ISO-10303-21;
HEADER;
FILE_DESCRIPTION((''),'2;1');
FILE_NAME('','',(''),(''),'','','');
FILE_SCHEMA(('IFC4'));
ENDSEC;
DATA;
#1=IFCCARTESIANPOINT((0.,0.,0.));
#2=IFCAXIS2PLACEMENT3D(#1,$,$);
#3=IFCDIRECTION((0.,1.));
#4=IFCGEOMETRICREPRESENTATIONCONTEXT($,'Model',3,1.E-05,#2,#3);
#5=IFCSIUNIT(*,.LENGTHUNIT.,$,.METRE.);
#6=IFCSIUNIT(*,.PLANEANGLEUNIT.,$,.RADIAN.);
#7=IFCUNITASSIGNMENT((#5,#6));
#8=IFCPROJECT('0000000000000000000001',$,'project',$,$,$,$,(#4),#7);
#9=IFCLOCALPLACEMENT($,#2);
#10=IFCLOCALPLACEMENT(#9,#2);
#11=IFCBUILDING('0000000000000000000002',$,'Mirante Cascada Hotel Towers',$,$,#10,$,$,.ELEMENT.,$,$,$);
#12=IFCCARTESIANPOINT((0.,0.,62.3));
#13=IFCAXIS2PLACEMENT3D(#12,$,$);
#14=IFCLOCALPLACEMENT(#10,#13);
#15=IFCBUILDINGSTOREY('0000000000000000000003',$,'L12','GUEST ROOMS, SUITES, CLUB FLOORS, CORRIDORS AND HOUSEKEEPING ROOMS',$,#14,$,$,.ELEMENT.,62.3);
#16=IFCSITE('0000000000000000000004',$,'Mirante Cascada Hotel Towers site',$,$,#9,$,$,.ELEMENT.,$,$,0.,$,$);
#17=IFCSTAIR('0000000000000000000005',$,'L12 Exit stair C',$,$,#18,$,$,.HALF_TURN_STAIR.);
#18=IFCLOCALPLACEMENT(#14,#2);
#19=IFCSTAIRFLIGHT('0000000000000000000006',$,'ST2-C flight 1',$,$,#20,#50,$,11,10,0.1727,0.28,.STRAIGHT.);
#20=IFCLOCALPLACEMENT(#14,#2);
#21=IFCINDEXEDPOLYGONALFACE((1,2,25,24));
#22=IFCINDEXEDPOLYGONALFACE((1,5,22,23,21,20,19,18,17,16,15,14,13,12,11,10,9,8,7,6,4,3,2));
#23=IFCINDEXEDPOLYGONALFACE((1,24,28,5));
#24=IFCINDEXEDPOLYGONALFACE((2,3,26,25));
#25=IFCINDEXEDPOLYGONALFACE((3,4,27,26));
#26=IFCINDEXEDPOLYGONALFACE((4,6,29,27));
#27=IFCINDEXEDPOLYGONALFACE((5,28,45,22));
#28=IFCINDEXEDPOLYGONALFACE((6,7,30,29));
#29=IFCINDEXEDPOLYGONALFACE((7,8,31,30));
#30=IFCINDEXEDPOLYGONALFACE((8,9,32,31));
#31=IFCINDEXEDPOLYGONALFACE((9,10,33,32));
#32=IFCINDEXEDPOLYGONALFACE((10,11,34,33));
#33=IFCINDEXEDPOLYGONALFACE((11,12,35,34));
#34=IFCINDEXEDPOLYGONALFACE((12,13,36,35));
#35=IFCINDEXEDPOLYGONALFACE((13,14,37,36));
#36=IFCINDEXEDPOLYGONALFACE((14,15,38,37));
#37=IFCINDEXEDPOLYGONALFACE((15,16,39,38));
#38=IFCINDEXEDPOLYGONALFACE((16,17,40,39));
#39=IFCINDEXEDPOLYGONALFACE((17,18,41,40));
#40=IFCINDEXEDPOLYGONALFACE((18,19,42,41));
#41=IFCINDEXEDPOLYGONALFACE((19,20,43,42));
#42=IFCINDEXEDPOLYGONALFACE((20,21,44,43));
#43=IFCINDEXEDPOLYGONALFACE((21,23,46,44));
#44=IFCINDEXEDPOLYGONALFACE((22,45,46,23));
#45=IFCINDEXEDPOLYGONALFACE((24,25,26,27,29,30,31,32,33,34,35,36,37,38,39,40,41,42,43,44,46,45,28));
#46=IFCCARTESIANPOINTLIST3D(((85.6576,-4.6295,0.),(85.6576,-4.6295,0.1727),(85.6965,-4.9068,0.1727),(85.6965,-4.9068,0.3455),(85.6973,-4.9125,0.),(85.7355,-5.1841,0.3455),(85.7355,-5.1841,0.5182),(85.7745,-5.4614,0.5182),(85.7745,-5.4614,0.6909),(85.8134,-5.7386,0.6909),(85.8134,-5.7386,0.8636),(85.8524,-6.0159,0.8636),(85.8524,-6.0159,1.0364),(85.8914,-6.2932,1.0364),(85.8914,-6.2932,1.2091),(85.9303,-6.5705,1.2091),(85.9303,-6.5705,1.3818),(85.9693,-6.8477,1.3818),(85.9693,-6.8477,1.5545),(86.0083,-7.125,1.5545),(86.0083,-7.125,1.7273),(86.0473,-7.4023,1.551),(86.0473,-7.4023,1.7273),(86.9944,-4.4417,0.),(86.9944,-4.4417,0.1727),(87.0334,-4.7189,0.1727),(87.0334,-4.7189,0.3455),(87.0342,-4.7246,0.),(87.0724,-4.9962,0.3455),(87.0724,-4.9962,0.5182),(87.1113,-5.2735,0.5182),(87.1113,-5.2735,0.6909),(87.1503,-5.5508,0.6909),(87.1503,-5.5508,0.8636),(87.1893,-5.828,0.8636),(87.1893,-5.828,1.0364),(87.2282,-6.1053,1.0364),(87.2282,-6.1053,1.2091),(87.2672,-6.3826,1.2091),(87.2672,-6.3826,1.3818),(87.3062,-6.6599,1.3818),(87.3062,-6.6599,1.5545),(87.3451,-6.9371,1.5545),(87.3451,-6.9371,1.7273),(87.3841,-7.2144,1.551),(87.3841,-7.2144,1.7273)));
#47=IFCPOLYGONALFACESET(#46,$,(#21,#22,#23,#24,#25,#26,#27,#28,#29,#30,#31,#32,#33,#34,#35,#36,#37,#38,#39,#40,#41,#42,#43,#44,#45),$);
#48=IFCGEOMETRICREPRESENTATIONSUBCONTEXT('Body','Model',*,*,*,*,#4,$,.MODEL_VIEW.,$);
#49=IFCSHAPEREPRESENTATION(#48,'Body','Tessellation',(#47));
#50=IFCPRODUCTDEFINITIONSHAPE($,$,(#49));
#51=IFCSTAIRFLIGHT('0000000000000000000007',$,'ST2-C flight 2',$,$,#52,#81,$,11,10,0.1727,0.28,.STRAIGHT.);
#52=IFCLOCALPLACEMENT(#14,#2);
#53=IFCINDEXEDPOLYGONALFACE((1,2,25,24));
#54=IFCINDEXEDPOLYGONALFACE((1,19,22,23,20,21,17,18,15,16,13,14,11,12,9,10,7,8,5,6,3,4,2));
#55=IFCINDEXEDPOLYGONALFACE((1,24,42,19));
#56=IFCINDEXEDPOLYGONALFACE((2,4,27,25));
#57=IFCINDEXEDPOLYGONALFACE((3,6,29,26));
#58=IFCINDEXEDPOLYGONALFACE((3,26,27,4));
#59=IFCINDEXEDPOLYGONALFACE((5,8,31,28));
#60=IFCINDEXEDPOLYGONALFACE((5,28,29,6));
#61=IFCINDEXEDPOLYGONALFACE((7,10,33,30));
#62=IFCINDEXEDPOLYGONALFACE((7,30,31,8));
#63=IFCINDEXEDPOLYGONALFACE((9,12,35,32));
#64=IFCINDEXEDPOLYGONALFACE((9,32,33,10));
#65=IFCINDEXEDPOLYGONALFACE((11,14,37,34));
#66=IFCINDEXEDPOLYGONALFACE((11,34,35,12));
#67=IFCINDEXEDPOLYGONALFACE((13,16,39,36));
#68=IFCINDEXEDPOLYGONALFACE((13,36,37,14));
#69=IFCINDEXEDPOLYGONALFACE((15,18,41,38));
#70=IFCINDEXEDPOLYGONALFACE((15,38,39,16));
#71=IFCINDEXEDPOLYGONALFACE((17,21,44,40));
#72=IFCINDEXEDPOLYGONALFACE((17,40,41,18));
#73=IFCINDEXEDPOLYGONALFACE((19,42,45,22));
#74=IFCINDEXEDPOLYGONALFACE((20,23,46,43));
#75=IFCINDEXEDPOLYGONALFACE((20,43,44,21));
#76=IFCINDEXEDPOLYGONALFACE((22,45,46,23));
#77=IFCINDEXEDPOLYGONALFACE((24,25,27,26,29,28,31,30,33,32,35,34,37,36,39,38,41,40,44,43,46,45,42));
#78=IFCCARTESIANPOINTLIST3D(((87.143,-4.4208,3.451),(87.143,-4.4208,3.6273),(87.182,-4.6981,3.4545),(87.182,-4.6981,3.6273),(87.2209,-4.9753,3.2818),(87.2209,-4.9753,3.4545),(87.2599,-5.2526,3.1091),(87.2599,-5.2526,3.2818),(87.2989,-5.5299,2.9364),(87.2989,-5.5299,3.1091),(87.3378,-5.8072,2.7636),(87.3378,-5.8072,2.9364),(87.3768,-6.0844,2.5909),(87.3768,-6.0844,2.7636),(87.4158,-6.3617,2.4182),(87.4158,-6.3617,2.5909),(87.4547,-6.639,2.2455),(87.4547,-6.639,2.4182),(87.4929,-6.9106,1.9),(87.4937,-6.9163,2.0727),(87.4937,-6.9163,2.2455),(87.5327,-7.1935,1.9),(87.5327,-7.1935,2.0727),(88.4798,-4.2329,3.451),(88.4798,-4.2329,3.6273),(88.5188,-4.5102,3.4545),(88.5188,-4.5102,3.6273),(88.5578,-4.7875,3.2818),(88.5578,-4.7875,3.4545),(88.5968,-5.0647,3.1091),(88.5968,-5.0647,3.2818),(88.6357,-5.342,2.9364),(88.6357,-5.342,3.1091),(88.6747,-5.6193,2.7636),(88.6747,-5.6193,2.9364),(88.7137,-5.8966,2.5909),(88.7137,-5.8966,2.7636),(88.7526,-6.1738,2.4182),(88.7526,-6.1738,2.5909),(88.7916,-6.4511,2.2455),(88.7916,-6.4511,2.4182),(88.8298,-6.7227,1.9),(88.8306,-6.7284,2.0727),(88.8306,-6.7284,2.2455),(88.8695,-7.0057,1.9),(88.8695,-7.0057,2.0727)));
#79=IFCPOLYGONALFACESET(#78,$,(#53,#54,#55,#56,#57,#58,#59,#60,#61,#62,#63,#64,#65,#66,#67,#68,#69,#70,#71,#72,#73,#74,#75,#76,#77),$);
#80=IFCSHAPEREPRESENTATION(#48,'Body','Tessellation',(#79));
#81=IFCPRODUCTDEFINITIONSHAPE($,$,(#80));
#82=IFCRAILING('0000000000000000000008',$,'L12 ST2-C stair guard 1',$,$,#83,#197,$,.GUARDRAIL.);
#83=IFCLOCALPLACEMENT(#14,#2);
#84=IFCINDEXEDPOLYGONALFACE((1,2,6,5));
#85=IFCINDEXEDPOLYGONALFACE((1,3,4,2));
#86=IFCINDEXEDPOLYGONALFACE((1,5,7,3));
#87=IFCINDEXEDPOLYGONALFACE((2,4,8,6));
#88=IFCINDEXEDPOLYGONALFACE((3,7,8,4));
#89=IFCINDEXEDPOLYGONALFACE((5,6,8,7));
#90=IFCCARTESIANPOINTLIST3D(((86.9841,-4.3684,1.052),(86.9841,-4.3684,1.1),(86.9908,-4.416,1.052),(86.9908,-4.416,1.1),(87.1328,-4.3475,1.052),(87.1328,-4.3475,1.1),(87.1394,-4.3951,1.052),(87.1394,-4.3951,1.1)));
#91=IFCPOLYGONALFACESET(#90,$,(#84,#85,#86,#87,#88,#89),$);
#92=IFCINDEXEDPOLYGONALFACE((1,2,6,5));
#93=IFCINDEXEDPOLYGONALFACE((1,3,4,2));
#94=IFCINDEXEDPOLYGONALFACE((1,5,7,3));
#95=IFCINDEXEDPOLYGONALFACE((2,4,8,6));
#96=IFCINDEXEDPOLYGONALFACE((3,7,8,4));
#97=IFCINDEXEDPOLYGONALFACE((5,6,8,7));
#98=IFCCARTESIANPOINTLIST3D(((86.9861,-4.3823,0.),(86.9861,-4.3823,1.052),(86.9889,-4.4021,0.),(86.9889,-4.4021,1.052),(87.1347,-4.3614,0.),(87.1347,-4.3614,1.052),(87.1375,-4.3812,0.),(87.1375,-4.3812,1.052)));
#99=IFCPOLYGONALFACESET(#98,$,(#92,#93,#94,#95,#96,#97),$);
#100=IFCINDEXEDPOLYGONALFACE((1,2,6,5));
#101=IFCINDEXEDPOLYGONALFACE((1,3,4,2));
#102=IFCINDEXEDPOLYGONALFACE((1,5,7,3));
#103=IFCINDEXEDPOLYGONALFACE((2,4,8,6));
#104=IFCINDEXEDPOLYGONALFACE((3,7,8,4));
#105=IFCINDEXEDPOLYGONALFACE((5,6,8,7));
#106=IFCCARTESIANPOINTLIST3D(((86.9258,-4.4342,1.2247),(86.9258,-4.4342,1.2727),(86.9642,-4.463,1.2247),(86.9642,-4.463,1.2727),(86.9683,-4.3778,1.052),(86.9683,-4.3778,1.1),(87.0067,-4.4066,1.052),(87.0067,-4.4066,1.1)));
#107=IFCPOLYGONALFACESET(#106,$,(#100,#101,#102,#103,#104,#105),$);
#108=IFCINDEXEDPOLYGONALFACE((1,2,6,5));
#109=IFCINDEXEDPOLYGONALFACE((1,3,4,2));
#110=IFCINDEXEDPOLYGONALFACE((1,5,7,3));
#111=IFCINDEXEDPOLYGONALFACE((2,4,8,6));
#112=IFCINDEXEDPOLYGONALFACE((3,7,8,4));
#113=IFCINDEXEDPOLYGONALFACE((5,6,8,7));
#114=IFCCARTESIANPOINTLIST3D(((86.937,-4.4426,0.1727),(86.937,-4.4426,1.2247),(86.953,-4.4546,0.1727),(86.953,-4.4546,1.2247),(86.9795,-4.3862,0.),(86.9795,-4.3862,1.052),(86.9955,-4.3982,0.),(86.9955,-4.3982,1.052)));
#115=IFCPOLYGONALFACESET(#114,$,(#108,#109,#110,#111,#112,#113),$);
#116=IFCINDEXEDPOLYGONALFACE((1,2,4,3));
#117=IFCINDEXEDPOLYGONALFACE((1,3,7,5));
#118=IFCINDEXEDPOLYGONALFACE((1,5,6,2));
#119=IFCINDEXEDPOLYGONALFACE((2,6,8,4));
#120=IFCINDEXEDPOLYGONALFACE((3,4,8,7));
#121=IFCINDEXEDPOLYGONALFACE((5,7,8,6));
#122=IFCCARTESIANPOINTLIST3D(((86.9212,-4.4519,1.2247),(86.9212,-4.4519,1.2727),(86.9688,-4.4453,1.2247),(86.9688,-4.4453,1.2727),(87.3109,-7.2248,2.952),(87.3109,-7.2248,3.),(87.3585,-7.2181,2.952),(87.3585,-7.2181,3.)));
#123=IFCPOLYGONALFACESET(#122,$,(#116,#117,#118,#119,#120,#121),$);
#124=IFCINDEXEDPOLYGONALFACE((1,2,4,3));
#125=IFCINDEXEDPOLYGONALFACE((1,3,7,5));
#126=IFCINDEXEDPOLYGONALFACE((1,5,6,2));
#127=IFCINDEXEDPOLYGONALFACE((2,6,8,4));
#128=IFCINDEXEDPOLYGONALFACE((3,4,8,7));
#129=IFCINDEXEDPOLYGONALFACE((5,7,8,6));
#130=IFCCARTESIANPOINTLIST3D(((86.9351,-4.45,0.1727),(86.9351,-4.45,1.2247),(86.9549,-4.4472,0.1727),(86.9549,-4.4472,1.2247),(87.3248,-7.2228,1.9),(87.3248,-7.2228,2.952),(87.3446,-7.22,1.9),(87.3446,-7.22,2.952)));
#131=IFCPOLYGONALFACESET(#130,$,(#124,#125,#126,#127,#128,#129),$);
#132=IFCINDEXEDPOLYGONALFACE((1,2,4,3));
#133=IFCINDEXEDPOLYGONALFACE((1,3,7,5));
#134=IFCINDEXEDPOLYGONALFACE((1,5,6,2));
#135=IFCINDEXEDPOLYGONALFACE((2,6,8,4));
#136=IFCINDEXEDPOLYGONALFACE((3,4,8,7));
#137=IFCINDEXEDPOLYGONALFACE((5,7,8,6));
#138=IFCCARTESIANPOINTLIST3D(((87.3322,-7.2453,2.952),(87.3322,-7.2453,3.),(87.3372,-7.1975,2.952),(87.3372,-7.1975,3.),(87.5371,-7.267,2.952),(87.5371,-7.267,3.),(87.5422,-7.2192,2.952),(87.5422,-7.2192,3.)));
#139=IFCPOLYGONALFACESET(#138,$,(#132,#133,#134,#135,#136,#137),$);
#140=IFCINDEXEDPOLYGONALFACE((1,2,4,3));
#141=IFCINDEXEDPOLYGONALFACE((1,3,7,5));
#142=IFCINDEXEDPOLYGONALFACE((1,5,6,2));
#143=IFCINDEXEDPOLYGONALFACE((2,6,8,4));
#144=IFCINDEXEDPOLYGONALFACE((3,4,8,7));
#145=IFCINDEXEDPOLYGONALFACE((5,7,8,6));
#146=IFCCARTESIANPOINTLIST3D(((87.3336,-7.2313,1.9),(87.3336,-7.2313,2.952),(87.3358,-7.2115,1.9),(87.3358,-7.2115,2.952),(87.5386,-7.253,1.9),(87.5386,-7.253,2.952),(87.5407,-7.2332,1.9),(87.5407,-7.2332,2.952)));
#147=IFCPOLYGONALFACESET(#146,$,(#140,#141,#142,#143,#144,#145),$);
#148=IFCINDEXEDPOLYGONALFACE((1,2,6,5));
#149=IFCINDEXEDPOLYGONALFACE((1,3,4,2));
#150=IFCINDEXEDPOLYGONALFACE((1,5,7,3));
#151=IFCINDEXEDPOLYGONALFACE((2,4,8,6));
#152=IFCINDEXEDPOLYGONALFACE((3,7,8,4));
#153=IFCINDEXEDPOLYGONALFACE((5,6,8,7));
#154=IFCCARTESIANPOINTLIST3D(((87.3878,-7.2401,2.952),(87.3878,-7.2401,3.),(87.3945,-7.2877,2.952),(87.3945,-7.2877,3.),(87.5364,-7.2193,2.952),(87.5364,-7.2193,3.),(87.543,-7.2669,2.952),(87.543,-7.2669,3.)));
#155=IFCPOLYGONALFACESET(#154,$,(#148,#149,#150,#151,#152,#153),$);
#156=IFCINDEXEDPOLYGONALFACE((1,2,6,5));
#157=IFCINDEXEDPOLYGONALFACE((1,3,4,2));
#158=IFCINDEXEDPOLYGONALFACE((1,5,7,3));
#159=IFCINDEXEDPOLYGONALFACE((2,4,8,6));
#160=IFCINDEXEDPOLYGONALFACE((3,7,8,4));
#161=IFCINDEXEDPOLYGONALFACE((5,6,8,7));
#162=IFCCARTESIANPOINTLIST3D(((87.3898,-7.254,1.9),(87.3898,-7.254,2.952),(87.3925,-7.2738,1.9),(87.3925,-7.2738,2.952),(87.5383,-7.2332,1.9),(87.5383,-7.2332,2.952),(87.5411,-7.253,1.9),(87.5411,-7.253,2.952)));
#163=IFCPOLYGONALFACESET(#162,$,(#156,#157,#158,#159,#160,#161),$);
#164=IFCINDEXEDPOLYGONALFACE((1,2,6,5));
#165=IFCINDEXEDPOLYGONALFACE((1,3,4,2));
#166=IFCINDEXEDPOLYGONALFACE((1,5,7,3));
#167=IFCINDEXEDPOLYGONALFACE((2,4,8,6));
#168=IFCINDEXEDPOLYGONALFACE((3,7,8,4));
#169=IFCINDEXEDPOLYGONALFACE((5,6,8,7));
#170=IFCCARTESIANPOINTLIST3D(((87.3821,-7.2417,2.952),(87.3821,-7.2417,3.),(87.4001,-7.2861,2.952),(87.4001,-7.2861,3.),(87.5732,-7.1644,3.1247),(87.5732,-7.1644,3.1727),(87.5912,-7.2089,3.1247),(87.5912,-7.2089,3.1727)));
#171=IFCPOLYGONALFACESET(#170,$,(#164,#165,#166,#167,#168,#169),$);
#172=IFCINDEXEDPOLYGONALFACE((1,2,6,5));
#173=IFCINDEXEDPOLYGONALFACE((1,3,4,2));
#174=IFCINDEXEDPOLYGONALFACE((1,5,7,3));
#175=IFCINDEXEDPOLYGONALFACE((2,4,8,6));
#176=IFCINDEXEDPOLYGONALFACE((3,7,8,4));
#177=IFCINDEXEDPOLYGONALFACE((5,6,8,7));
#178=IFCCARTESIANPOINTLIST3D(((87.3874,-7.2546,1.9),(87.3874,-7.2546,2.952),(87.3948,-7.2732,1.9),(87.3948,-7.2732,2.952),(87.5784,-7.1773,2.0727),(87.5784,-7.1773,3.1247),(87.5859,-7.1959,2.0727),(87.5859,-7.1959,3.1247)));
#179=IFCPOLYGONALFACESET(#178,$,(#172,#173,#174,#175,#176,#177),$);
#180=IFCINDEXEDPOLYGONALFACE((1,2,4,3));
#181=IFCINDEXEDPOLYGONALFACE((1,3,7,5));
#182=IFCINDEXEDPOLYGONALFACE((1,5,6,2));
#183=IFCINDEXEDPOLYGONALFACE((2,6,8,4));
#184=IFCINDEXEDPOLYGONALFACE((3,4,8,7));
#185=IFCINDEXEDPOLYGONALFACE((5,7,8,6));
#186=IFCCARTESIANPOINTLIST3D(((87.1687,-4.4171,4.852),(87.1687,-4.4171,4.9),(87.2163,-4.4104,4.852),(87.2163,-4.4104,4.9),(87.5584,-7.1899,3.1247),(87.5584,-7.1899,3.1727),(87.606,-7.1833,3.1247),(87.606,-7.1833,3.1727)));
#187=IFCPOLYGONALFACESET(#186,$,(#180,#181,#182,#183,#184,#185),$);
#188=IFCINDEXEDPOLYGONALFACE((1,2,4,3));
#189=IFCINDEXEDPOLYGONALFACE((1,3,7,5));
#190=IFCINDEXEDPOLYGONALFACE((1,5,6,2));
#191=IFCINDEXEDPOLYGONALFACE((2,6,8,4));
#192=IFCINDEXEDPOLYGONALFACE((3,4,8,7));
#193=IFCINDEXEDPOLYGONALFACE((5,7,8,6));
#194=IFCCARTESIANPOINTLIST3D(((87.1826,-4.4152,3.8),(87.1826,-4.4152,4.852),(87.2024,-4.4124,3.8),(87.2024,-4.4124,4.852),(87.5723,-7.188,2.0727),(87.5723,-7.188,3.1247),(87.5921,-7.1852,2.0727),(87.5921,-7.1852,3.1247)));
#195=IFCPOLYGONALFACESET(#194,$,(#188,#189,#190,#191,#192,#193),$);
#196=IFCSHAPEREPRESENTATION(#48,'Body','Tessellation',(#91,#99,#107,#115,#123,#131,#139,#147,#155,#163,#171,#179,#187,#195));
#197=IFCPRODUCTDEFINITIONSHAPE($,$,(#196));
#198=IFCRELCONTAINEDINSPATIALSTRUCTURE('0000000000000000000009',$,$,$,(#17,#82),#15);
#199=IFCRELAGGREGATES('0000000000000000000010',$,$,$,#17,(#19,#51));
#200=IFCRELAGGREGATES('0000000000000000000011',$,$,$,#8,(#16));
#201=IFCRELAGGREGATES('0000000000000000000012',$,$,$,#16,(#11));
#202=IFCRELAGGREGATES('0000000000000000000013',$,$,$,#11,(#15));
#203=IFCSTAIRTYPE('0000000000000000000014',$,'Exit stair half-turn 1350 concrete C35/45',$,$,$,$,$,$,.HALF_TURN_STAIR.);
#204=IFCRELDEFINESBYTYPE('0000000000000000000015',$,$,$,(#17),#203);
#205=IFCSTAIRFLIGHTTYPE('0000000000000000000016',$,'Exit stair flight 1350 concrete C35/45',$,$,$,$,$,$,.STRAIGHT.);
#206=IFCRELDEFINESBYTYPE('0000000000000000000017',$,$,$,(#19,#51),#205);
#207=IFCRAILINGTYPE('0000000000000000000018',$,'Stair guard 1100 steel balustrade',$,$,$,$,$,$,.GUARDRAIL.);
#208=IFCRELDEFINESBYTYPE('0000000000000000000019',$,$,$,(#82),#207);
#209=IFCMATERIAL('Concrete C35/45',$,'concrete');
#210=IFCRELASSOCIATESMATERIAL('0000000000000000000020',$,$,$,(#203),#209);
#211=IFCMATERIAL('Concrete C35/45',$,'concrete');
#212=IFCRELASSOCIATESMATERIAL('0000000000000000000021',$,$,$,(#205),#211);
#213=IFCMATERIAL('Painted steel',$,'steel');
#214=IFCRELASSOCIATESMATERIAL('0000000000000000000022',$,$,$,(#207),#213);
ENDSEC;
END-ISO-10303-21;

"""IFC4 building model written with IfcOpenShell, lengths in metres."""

from ifc_helpers import new_model, si_unit, direction, frame, origin, origin_2d, place, context, subcontext, project, spatial, polyline, rectangle, outline, extrude, material, type_object, element, aggregate, save


model = new_model("IFC4")

# Units and contexts
model_context = context("Model", 3, precision=1e-05, world=origin(), true_north=direction((0.0, 1.0)))
body_context = subcontext(model_context, "Body", "Model", "MODEL_VIEW")
ifc_project = project(units=[si_unit("LENGTHUNIT", "METRE"), si_unit("PLANEANGLEUNIT", "RADIAN")], contexts=[model_context])

# Site, building, storey
site_placement = place(None, origin())
site = spatial("IfcSite", under=ifc_project, at=site_placement, Name="Mirante Cascada Hotel Towers site", CompositionType="ELEMENT", RefElevation=0.0)
building_placement = place(site_placement, origin())
building = spatial("IfcBuilding", under=site, at=building_placement, Name="Mirante Cascada Hotel Towers", CompositionType="ELEMENT")
storey_placement = place(building_placement, frame((0.0, 0.0, 62.3)))
storey = spatial("IfcBuildingStorey", under=building, at=storey_placement, Name="L12", Description="GUEST ROOMS, SUITES, CLUB FLOORS, CORRIDORS AND HOUSEKEEPING ROOMS", CompositionType="ELEMENT", Elevation=62.3)

# Stair, stair flights
ifc_material_1 = material(Name="Concrete C35/45", Category="concrete")
stair_type = type_object("IfcStairType", Name="Exit stair half-turn 1350 concrete C35/45", PredefinedType="HALF_TURN_STAIR", material=ifc_material_1)
stair_placement = place(storey_placement, origin())
stair = element("IfcStair", 1, at=stair_placement, inside=storey, type_object=stair_type, Name="L12 Exit stair C", PredefinedType="HALF_TURN_STAIR")
ifc_material_2 = material(Name="Concrete C35/45", Category="concrete")
stair_flight_type = type_object("IfcStairFlightType", Name="Exit stair flight 1350 concrete C35/45", PredefinedType="STRAIGHT", material=ifc_material_2)
stair_flight_1_placement = place(storey_placement, frame((86.326, -4.5356, 0.0), z_axis=(0.0, 0.0, 1.0), x_axis=(0.139173, -0.990268, 0.0)))
stair_flight_1 = element("IfcStairFlight", 2, at=stair_flight_1_placement, type_object=stair_flight_type, Name="ST2-C flight 1", NumberOfRisers=11, NumberOfTreads=10, PredefinedType="STRAIGHT", RiserHeight=0.1727, TreadLength=0.28, context=body_context, shape_type="SweptSolid", body=[
    extrude(outline(polyline([(0.0, 0.0), (0.0, 0.1727), (0.28, 0.1727), (0.28, 0.3455), (0.56, 0.3455), (0.56, 0.5182), (0.84, 0.5182), (0.84, 0.6909), (1.12, 0.6909), (1.12, 0.8636), (1.4, 0.8636), (1.4, 1.0364), (1.68, 1.0364), (1.68, 1.2091), (1.96, 1.2091), (1.96, 1.3818), (2.24, 1.3818), (2.24, 1.5545), (2.52, 1.5545), (2.52, 1.7273), (2.8, 1.7273), (2.8, 1.9), (2.8, 1.551), (0.2857, 0.0), (0.0, 0.0)])), frame((0.0, 0.675, 0.0), z_axis=(0.0, -1.0, 0.0), x_axis=(1.0, 0.0, 0.0)), (0.0, 0.0, 1.0), 1.35),
])
stair_flight_2_placement = place(storey_placement, frame((88.2011, -7.0996, 1.9), z_axis=(0.0, 0.0, 1.0), x_axis=(-0.139173, 0.990268, 0.0)))
stair_flight_2 = element("IfcStairFlight", 3, at=stair_flight_2_placement, type_object=stair_flight_type, Name="ST2-C flight 2", NumberOfRisers=11, NumberOfTreads=10, PredefinedType="STRAIGHT", RiserHeight=0.1727, TreadLength=0.28, context=body_context, shape_type="SweptSolid", body=[
    extrude(outline(polyline([(0.0, 0.0), (0.0, 0.1727), (0.28, 0.1727), (0.28, 0.3455), (0.56, 0.3455), (0.56, 0.5182), (0.84, 0.5182), (0.84, 0.6909), (1.12, 0.6909), (1.12, 0.8636), (1.4, 0.8636), (1.4, 1.0364), (1.68, 1.0364), (1.68, 1.2091), (1.96, 1.2091), (1.96, 1.3818), (2.24, 1.3818), (2.24, 1.5545), (2.52, 1.5545), (2.52, 1.7273), (2.8, 1.7273), (2.8, 1.9), (2.8, 1.551), (0.2857, 0.0), (0.0, 0.0)])), frame((0.0, 0.675, 0.0), z_axis=(0.0, -1.0, 0.0), x_axis=(1.0, 0.0, 0.0)), (0.0, 0.0, 1.0), 1.35),
])
aggregate(stair, [stair_flight_1, stair_flight_2])

# Railing
ifc_material_3 = material(Name="Painted steel", Category="steel")
railing_type_1 = type_object("IfcRailingType", Name="Stair guard 1100 steel balustrade", PredefinedType="GUARDRAIL", material=ifc_material_3)
railing_1_placement = place(storey_placement, frame((87.1361, -4.3713, 0.0)))
element("IfcRailing", 4, at=railing_1_placement, inside=storey, type_object=railing_type_1, Name="L12 ST2-C stair guard 1", PredefinedType="GUARDRAIL", context=body_context, shape_type="SweptSolid", body=[
    extrude(rectangle(XDim=0.048, YDim=0.048, at=origin_2d()), frame((0.0, 0.0, 1.076), z_axis=(-0.990254, -0.139275, 0.0), x_axis=(0.139275, -0.990254, 0.0)), (0.0, 0.0, 1.0), 0.1501),
    extrude(rectangle(XDim=0.02, YDim=1.052, at=origin_2d()), frame((0.0, 0.0, 0.526), z_axis=(-0.990254, -0.139275, 0.0), x_axis=(0.139275, -0.990254, 0.0)), (0.0, 0.0, 1.0), 0.1501),
    extrude(rectangle(XDim=0.048, YDim=0.048, at=origin_2d()), frame((-0.1486, -0.0209, 1.076), z_axis=(-0.601811, -0.798639, 0.0), x_axis=(0.798639, -0.601811, 0.0)), (0.0, 0.925603, 0.378496), 0.1866),
    extrude(rectangle(XDim=0.02, YDim=1.052, at=origin_2d()), frame((-0.1486, -0.0209, 0.526), z_axis=(-0.601811, -0.798639, 0.0), x_axis=(0.798639, -0.601811, 0.0)), (0.0, 0.925603, 0.378496), 0.1866),
    extrude(rectangle(XDim=0.048, YDim=0.048, at=origin_2d()), frame((-0.1911, -0.0773, 1.2487), z_axis=(0.139176, -0.990268, 0.0), x_axis=(0.990268, 0.139176, 0.0)), (0.0, 0.525021, 0.851089), 3.29),
    extrude(rectangle(XDim=0.02, YDim=1.052, at=origin_2d()), frame((-0.1911, -0.0773, 0.6987), z_axis=(0.139176, -0.990268, 0.0), x_axis=(0.990268, 0.139176, 0.0)), (0.0, 0.525021, 0.851089), 3.29),
    extrude(rectangle(XDim=0.048, YDim=0.048, at=origin_2d()), frame((0.1986, -2.8501, 2.976), z_axis=(0.994444, -0.105266, 0.0), x_axis=(0.105266, 0.994444, 0.0)), (0.0, 0.0, 1.0), 0.2061),
    extrude(rectangle(XDim=0.02, YDim=1.052, at=origin_2d()), frame((0.1986, -2.8501, 2.426), z_axis=(0.994444, -0.105266, 0.0), x_axis=(0.105266, 0.994444, 0.0)), (0.0, 0.0, 1.0), 0.2061),
    extrude(rectangle(XDim=0.048, YDim=0.048, at=origin_2d()), frame((0.4036, -2.8718, 2.976), z_axis=(-0.990345, -0.138622, 0.0), x_axis=(0.138622, -0.990345, 0.0)), (0.0, 0.0, 1.0), 0.15),
    extrude(rectangle(XDim=0.02, YDim=1.052, at=origin_2d()), frame((0.4036, -2.8718, 2.426), z_axis=(-0.990345, -0.138622, 0.0), x_axis=(0.138622, -0.990345, 0.0)), (0.0, 0.0, 1.0), 0.15),
    extrude(rectangle(XDim=0.048, YDim=0.048, at=origin_2d()), frame((0.255, -2.8926, 2.976), z_axis=(0.927031, 0.374984, 0.0), x_axis=(-0.374984, 0.927031, 0.0)), (0.0, 0.64219, 0.766545), 0.2689),
    extrude(rectangle(XDim=0.02, YDim=1.052, at=origin_2d()), frame((0.255, -2.8926, 2.426), z_axis=(0.927031, 0.374984, 0.0), x_axis=(-0.374984, 0.927031, 0.0)), (0.0, 0.64219, 0.766545), 0.2689),
    extrude(rectangle(XDim=0.048, YDim=0.048, at=origin_2d()), frame((0.4461, -2.8153, 3.1487), z_axis=(-0.139176, 0.990268, 0.0), x_axis=(-0.990268, -0.139176, 0.0)), (0.0, 0.525021, 0.851089), 3.29),
    extrude(rectangle(XDim=0.02, YDim=1.052, at=origin_2d()), frame((0.4461, -2.8153, 2.5987), z_axis=(-0.139176, 0.990268, 0.0), x_axis=(-0.990268, -0.139176, 0.0)), (0.0, 0.525021, 0.851089), 3.29),
])

save(model, "model.ifc")
